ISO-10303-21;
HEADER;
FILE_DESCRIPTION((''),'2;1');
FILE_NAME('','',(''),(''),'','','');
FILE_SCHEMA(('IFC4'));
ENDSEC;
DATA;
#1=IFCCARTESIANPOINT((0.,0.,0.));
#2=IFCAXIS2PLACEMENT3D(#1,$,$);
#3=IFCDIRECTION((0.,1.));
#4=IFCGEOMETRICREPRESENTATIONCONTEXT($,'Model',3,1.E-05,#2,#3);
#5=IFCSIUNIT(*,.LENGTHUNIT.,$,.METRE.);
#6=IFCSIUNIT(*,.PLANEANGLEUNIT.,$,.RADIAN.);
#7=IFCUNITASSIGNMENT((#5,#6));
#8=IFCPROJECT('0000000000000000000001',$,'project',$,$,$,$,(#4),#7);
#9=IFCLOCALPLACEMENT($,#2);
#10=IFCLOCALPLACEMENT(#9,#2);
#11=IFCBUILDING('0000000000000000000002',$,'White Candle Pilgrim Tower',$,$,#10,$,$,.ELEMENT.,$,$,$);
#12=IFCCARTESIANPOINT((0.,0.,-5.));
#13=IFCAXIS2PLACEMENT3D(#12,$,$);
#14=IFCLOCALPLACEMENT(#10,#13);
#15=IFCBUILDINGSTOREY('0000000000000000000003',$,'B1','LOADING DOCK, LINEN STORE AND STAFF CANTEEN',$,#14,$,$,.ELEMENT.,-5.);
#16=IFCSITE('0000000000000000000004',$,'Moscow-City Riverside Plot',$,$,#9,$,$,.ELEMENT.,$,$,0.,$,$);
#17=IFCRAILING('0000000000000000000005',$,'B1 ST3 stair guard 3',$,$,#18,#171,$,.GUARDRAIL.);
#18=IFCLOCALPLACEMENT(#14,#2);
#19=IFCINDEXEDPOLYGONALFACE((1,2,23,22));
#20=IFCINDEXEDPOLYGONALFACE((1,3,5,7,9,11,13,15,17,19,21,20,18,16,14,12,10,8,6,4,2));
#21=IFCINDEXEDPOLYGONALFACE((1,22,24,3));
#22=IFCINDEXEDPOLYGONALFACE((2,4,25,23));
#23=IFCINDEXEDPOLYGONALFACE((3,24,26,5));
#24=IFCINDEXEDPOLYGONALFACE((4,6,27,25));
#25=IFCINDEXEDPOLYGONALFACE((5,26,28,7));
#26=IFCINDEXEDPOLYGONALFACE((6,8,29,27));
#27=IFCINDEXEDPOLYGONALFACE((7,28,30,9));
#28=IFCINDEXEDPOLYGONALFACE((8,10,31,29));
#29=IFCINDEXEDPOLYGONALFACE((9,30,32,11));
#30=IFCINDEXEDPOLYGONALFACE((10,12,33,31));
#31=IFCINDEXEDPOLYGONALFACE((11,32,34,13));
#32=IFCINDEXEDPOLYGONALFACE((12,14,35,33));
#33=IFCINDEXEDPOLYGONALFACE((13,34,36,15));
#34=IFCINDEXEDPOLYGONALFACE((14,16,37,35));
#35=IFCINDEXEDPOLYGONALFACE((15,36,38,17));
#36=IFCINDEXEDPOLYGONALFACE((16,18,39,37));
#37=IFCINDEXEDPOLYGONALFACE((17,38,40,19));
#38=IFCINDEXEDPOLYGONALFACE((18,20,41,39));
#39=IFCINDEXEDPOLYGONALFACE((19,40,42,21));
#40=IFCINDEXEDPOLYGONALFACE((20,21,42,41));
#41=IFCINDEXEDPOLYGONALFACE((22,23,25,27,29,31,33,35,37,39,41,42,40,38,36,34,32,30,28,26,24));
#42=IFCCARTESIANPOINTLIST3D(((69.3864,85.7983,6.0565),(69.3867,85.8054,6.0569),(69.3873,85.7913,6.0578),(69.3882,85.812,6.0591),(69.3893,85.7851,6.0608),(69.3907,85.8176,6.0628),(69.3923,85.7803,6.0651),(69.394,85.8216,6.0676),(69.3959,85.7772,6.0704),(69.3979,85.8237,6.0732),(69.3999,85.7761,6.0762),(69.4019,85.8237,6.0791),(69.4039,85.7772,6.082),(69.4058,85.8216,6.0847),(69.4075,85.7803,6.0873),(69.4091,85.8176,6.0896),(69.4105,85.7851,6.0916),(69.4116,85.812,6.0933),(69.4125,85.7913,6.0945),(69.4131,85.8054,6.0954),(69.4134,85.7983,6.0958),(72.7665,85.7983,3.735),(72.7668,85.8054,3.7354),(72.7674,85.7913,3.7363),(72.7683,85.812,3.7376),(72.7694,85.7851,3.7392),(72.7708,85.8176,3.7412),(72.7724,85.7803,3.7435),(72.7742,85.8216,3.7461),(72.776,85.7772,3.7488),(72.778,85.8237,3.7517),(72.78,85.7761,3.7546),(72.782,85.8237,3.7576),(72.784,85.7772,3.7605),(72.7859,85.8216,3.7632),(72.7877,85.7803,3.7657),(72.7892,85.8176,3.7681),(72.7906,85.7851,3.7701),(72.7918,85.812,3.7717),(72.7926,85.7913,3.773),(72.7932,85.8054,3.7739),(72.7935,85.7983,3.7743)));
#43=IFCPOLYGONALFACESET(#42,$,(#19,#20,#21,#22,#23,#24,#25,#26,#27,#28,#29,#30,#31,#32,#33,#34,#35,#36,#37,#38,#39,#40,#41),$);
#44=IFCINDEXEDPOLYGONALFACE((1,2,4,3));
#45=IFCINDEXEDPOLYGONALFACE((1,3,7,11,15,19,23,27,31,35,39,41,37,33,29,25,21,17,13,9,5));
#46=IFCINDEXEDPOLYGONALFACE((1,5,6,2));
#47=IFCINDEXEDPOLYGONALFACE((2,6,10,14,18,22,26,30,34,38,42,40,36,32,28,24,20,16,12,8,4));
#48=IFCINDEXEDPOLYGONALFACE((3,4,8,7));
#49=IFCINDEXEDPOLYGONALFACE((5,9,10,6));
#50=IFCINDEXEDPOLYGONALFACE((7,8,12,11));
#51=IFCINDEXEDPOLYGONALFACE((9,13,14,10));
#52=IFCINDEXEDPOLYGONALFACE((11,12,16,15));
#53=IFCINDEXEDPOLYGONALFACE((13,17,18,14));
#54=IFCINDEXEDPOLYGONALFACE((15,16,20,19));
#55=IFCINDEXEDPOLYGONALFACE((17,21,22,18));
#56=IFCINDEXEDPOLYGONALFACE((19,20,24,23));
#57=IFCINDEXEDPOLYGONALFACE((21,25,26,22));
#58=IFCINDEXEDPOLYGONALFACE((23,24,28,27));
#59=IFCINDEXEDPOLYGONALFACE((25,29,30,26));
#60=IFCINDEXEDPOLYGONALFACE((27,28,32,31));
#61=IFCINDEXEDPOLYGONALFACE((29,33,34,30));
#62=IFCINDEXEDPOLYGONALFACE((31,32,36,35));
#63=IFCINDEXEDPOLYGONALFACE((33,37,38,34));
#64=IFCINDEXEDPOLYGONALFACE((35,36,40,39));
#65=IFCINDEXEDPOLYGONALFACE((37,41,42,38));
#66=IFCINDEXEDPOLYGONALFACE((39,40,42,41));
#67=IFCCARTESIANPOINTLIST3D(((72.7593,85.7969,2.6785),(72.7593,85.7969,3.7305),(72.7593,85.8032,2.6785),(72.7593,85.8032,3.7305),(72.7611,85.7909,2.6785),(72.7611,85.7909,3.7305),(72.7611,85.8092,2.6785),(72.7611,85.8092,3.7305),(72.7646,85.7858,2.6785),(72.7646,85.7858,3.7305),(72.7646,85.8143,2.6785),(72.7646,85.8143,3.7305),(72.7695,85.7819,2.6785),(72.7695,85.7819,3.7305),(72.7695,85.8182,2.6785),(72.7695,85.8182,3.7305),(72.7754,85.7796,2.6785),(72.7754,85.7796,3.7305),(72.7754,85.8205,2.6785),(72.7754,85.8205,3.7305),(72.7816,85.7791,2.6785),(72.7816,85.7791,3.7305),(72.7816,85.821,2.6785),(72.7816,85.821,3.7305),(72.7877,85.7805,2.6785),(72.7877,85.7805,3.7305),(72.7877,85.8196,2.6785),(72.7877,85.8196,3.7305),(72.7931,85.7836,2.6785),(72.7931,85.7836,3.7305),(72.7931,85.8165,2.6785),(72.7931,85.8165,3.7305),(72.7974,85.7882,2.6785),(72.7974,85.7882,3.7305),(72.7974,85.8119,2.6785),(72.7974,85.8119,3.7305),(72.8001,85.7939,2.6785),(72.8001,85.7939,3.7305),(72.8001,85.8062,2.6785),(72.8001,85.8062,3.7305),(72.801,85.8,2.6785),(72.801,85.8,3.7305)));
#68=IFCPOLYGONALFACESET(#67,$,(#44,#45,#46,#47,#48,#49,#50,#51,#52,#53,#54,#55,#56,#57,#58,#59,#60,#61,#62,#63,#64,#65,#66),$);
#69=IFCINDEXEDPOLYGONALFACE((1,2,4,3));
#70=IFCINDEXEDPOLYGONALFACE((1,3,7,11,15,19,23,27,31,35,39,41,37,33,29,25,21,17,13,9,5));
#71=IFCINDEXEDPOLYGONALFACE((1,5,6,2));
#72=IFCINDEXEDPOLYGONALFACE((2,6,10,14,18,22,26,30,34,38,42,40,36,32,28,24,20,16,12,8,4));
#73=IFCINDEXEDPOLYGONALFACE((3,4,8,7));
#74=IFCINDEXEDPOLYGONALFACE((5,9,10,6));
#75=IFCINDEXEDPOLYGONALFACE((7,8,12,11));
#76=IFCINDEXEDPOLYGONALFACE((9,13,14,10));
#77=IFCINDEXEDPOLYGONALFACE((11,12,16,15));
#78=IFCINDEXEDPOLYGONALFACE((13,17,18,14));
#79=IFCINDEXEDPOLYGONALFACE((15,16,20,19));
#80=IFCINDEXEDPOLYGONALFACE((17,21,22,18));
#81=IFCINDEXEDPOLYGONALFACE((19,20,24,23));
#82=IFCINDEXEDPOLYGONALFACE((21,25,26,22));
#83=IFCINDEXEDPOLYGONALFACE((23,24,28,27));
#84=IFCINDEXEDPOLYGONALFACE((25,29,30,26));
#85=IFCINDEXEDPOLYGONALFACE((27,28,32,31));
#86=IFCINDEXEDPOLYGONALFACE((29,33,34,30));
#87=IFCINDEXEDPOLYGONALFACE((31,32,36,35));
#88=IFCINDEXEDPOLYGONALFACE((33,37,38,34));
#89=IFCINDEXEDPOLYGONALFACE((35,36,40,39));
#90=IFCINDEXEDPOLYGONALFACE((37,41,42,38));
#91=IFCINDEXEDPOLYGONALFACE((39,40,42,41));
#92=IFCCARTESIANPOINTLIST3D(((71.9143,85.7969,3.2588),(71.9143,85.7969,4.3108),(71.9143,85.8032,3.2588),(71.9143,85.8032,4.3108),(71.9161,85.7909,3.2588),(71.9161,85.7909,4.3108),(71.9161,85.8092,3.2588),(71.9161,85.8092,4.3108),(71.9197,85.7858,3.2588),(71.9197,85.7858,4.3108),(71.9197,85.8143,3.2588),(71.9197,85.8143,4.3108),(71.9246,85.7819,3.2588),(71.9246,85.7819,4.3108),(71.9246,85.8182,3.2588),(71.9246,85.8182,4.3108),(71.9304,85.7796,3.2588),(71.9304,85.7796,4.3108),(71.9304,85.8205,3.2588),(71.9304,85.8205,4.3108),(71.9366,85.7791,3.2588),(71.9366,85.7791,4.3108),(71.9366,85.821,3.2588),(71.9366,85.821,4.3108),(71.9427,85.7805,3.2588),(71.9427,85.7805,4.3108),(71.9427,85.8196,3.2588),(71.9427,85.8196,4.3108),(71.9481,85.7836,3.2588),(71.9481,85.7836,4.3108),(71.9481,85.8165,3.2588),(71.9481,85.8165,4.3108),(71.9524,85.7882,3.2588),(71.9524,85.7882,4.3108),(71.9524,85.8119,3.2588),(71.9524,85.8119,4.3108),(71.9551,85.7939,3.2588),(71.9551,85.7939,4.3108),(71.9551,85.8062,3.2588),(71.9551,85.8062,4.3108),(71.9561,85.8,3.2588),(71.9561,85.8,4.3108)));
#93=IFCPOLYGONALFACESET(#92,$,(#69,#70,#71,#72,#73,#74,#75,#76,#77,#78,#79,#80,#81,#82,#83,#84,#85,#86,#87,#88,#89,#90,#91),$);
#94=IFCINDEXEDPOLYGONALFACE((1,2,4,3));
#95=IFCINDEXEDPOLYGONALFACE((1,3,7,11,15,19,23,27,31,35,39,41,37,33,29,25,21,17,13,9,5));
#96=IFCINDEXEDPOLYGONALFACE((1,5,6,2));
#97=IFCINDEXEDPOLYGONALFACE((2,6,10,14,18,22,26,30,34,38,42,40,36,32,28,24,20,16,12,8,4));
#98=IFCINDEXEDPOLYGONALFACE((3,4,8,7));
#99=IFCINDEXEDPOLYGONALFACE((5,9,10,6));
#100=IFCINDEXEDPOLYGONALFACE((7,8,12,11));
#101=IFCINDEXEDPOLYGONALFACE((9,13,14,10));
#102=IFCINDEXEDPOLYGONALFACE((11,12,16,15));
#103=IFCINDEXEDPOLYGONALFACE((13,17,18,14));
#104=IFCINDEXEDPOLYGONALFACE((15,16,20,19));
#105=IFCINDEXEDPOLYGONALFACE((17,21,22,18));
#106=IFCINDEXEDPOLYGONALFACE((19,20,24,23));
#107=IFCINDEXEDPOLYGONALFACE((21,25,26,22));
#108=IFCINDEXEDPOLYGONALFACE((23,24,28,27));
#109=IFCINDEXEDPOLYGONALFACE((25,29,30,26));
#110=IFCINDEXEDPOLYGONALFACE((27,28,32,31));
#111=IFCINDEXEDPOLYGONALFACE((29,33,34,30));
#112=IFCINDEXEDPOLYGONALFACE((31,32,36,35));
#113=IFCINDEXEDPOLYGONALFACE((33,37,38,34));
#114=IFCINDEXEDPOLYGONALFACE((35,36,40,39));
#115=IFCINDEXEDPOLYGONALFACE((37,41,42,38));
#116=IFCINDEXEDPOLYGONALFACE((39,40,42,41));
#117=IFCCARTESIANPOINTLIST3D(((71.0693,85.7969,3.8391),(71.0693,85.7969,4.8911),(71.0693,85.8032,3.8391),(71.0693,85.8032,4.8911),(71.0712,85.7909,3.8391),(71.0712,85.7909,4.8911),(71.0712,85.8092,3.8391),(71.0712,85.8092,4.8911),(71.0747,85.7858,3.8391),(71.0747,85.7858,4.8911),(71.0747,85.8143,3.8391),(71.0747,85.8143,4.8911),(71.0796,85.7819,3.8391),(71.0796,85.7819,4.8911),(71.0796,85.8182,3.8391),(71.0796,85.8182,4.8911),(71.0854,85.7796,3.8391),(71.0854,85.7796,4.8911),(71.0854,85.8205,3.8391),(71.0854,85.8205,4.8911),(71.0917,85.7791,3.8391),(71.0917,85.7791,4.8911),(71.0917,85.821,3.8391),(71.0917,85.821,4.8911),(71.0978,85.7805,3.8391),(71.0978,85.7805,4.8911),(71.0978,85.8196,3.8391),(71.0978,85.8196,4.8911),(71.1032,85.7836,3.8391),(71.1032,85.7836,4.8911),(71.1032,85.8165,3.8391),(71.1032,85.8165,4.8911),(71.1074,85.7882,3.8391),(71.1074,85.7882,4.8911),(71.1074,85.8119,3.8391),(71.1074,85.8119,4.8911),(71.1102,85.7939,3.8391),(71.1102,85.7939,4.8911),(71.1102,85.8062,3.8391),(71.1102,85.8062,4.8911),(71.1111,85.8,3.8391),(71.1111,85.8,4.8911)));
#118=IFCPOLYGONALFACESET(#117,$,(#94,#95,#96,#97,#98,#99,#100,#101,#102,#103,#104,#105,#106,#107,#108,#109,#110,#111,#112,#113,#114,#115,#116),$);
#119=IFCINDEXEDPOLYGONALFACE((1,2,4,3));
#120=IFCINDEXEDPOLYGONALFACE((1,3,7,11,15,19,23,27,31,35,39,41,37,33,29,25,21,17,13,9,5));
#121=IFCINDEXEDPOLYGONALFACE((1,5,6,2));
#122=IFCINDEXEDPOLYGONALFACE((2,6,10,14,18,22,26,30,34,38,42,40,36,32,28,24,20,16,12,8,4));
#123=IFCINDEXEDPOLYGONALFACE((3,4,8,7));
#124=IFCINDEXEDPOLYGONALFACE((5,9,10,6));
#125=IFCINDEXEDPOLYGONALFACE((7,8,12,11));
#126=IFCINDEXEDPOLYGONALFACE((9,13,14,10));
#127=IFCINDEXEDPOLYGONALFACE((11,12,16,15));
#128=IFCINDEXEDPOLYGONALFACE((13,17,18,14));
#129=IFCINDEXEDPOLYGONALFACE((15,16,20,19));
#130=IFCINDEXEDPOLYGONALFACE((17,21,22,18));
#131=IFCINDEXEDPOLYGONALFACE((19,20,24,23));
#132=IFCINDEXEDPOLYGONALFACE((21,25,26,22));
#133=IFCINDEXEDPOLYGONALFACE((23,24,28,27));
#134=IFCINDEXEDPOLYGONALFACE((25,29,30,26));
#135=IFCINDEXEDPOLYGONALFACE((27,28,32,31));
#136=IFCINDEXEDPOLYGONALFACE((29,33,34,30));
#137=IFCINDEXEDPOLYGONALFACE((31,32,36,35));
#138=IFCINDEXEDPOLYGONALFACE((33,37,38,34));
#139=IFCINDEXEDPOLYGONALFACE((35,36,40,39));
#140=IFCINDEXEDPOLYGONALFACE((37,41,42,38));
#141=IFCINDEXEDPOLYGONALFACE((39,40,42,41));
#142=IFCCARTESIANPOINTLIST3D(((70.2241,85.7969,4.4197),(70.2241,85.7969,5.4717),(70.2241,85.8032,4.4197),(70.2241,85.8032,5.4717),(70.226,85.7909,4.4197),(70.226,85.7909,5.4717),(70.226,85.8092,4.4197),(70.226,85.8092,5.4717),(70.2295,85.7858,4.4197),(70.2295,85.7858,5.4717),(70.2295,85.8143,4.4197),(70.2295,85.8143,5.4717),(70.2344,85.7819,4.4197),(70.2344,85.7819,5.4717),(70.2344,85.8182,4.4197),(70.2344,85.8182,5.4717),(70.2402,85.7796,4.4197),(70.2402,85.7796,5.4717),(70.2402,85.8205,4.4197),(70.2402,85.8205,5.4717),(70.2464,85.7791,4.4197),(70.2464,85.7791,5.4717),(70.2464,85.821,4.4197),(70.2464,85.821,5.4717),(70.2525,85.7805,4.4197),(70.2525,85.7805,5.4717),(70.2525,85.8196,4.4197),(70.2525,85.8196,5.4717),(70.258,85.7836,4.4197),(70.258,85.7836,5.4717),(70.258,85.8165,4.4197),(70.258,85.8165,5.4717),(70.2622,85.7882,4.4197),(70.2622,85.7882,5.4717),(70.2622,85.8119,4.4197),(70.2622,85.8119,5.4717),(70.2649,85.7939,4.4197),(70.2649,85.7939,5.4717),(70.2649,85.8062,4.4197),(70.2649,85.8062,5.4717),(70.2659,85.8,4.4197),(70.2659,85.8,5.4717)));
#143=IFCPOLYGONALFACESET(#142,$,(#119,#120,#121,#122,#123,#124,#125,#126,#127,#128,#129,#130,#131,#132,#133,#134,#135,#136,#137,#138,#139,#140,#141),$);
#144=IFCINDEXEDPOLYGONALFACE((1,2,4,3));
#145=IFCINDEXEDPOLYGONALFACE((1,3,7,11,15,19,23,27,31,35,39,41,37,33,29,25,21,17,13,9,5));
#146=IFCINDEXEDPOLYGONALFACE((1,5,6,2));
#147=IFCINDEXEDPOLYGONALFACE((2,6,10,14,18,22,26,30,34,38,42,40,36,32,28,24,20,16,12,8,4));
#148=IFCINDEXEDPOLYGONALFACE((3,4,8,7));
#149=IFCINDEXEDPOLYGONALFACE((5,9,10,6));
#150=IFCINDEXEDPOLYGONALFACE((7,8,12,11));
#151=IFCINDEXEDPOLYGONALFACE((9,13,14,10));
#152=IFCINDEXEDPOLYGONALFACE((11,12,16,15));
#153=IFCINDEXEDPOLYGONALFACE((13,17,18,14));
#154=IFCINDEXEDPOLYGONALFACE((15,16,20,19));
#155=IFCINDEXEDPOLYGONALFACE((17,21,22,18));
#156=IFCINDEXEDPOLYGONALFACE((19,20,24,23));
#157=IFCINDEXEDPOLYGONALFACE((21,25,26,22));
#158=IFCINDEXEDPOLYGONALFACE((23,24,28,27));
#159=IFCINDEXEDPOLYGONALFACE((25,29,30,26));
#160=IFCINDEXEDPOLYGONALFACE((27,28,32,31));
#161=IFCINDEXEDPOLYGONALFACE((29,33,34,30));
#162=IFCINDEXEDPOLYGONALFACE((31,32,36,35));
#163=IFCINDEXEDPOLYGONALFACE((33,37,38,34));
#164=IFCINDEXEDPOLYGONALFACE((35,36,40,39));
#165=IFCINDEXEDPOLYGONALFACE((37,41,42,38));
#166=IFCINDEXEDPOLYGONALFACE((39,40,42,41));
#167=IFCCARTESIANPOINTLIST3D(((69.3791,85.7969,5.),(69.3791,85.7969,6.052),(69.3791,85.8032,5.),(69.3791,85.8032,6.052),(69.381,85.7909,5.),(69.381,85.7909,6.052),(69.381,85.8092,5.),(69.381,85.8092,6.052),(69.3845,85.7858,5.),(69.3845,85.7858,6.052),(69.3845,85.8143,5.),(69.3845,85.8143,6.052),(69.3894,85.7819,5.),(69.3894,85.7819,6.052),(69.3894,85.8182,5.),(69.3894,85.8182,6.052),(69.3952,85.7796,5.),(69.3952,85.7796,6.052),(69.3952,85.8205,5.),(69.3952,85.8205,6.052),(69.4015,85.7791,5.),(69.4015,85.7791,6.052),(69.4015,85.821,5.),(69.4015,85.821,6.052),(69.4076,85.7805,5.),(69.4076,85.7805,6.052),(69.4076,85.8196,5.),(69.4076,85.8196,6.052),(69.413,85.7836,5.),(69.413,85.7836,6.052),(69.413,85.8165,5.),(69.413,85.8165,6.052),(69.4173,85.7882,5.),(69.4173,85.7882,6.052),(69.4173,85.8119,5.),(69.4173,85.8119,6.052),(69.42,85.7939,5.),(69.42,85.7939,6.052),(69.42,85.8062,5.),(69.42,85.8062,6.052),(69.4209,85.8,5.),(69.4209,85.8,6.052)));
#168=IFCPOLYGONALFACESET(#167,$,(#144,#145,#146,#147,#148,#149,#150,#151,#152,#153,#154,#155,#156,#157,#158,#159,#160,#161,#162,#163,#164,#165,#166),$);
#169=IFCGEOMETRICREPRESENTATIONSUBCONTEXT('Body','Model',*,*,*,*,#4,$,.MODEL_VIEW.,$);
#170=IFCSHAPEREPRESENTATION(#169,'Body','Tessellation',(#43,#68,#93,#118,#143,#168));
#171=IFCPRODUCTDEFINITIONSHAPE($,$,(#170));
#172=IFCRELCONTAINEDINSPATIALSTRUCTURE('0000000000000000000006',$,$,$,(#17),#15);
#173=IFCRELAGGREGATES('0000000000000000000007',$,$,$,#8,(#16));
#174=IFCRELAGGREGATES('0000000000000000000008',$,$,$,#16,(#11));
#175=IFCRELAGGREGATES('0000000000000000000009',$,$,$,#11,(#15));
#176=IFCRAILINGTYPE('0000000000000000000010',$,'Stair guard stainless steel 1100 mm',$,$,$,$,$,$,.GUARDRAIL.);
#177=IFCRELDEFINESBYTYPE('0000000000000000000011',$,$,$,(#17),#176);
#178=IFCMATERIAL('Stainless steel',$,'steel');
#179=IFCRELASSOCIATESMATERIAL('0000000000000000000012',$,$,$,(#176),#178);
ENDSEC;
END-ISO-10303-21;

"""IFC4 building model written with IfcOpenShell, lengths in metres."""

from ifc_helpers import new_model, si_unit, direction, frame, origin, origin_2d, place, context, subcontext, project, spatial, circle, extrude, material, type_object, element, save


model = new_model("IFC4")

# Units and contexts
model_context = context("Model", 3, precision=1e-05, world=origin(), true_north=direction((0.0, 1.0)))
body_context = subcontext(model_context, "Body", "Model", "MODEL_VIEW")
ifc_project = project(units=[si_unit("LENGTHUNIT", "METRE"), si_unit("PLANEANGLEUNIT", "RADIAN")], contexts=[model_context])

# Site, building, storey
site_placement = place(None, origin())
site = spatial("IfcSite", under=ifc_project, at=site_placement, Name="Moscow-City Riverside Plot", CompositionType="ELEMENT", RefElevation=0.0)
building_placement = place(site_placement, origin())
building = spatial("IfcBuilding", under=site, at=building_placement, Name="White Candle Pilgrim Tower", CompositionType="ELEMENT")
storey_placement = place(building_placement, frame((0.0, 0.0, -5.0)))
storey = spatial("IfcBuildingStorey", under=building, at=storey_placement, Name="B1", Description="LOADING DOCK, LINEN STORE AND STAFF CANTEEN", CompositionType="ELEMENT", Elevation=-5.0)

# Railing
ifc_material_1 = material(Name="Stainless steel", Category="steel")
railing_type_1 = type_object("IfcRailingType", Name="Stair guard stainless steel 1100 mm", PredefinedType="GUARDRAIL", material=ifc_material_1)
railing_1_placement = place(storey_placement, frame((72.78, 85.8, 2.6785)))
element("IfcRailing", 1, at=railing_1_placement, inside=storey, type_object=railing_type_1, Name="B1 ST3 stair guard 3", PredefinedType="GUARDRAIL", context=body_context, shape_type="SweptSolid", body=[
    extrude(circle(Radius=0.0239, at=origin_2d()), frame((0.0, 0.0, 1.0762), z_axis=(-0.824304, 0.0, 0.566147), x_axis=(0.0, -1.0, 0.0)), (0.0, 0.0, 1.0), 4.1006),
    extrude(circle(Radius=0.021, at=origin_2d()), origin(), (0.0, 0.0, 1.0), 1.052),
    extrude(circle(Radius=0.021, at=origin_2d()), frame((-0.845, 0.0, 0.5803)), (0.0, 0.0, 1.0), 1.052),
    extrude(circle(Radius=0.021, at=origin_2d()), frame((-1.6899, 0.0, 1.1606)), (0.0, 0.0, 1.0), 1.052),
    extrude(circle(Radius=0.021, at=origin_2d()), frame((-2.5352, 0.0, 1.7412)), (0.0, 0.0, 1.0), 1.052),
    extrude(circle(Radius=0.021, at=origin_2d()), frame((-3.3801, 0.0, 2.3215)), (0.0, 0.0, 1.0), 1.052),
])

save(model, "model.ifc")
